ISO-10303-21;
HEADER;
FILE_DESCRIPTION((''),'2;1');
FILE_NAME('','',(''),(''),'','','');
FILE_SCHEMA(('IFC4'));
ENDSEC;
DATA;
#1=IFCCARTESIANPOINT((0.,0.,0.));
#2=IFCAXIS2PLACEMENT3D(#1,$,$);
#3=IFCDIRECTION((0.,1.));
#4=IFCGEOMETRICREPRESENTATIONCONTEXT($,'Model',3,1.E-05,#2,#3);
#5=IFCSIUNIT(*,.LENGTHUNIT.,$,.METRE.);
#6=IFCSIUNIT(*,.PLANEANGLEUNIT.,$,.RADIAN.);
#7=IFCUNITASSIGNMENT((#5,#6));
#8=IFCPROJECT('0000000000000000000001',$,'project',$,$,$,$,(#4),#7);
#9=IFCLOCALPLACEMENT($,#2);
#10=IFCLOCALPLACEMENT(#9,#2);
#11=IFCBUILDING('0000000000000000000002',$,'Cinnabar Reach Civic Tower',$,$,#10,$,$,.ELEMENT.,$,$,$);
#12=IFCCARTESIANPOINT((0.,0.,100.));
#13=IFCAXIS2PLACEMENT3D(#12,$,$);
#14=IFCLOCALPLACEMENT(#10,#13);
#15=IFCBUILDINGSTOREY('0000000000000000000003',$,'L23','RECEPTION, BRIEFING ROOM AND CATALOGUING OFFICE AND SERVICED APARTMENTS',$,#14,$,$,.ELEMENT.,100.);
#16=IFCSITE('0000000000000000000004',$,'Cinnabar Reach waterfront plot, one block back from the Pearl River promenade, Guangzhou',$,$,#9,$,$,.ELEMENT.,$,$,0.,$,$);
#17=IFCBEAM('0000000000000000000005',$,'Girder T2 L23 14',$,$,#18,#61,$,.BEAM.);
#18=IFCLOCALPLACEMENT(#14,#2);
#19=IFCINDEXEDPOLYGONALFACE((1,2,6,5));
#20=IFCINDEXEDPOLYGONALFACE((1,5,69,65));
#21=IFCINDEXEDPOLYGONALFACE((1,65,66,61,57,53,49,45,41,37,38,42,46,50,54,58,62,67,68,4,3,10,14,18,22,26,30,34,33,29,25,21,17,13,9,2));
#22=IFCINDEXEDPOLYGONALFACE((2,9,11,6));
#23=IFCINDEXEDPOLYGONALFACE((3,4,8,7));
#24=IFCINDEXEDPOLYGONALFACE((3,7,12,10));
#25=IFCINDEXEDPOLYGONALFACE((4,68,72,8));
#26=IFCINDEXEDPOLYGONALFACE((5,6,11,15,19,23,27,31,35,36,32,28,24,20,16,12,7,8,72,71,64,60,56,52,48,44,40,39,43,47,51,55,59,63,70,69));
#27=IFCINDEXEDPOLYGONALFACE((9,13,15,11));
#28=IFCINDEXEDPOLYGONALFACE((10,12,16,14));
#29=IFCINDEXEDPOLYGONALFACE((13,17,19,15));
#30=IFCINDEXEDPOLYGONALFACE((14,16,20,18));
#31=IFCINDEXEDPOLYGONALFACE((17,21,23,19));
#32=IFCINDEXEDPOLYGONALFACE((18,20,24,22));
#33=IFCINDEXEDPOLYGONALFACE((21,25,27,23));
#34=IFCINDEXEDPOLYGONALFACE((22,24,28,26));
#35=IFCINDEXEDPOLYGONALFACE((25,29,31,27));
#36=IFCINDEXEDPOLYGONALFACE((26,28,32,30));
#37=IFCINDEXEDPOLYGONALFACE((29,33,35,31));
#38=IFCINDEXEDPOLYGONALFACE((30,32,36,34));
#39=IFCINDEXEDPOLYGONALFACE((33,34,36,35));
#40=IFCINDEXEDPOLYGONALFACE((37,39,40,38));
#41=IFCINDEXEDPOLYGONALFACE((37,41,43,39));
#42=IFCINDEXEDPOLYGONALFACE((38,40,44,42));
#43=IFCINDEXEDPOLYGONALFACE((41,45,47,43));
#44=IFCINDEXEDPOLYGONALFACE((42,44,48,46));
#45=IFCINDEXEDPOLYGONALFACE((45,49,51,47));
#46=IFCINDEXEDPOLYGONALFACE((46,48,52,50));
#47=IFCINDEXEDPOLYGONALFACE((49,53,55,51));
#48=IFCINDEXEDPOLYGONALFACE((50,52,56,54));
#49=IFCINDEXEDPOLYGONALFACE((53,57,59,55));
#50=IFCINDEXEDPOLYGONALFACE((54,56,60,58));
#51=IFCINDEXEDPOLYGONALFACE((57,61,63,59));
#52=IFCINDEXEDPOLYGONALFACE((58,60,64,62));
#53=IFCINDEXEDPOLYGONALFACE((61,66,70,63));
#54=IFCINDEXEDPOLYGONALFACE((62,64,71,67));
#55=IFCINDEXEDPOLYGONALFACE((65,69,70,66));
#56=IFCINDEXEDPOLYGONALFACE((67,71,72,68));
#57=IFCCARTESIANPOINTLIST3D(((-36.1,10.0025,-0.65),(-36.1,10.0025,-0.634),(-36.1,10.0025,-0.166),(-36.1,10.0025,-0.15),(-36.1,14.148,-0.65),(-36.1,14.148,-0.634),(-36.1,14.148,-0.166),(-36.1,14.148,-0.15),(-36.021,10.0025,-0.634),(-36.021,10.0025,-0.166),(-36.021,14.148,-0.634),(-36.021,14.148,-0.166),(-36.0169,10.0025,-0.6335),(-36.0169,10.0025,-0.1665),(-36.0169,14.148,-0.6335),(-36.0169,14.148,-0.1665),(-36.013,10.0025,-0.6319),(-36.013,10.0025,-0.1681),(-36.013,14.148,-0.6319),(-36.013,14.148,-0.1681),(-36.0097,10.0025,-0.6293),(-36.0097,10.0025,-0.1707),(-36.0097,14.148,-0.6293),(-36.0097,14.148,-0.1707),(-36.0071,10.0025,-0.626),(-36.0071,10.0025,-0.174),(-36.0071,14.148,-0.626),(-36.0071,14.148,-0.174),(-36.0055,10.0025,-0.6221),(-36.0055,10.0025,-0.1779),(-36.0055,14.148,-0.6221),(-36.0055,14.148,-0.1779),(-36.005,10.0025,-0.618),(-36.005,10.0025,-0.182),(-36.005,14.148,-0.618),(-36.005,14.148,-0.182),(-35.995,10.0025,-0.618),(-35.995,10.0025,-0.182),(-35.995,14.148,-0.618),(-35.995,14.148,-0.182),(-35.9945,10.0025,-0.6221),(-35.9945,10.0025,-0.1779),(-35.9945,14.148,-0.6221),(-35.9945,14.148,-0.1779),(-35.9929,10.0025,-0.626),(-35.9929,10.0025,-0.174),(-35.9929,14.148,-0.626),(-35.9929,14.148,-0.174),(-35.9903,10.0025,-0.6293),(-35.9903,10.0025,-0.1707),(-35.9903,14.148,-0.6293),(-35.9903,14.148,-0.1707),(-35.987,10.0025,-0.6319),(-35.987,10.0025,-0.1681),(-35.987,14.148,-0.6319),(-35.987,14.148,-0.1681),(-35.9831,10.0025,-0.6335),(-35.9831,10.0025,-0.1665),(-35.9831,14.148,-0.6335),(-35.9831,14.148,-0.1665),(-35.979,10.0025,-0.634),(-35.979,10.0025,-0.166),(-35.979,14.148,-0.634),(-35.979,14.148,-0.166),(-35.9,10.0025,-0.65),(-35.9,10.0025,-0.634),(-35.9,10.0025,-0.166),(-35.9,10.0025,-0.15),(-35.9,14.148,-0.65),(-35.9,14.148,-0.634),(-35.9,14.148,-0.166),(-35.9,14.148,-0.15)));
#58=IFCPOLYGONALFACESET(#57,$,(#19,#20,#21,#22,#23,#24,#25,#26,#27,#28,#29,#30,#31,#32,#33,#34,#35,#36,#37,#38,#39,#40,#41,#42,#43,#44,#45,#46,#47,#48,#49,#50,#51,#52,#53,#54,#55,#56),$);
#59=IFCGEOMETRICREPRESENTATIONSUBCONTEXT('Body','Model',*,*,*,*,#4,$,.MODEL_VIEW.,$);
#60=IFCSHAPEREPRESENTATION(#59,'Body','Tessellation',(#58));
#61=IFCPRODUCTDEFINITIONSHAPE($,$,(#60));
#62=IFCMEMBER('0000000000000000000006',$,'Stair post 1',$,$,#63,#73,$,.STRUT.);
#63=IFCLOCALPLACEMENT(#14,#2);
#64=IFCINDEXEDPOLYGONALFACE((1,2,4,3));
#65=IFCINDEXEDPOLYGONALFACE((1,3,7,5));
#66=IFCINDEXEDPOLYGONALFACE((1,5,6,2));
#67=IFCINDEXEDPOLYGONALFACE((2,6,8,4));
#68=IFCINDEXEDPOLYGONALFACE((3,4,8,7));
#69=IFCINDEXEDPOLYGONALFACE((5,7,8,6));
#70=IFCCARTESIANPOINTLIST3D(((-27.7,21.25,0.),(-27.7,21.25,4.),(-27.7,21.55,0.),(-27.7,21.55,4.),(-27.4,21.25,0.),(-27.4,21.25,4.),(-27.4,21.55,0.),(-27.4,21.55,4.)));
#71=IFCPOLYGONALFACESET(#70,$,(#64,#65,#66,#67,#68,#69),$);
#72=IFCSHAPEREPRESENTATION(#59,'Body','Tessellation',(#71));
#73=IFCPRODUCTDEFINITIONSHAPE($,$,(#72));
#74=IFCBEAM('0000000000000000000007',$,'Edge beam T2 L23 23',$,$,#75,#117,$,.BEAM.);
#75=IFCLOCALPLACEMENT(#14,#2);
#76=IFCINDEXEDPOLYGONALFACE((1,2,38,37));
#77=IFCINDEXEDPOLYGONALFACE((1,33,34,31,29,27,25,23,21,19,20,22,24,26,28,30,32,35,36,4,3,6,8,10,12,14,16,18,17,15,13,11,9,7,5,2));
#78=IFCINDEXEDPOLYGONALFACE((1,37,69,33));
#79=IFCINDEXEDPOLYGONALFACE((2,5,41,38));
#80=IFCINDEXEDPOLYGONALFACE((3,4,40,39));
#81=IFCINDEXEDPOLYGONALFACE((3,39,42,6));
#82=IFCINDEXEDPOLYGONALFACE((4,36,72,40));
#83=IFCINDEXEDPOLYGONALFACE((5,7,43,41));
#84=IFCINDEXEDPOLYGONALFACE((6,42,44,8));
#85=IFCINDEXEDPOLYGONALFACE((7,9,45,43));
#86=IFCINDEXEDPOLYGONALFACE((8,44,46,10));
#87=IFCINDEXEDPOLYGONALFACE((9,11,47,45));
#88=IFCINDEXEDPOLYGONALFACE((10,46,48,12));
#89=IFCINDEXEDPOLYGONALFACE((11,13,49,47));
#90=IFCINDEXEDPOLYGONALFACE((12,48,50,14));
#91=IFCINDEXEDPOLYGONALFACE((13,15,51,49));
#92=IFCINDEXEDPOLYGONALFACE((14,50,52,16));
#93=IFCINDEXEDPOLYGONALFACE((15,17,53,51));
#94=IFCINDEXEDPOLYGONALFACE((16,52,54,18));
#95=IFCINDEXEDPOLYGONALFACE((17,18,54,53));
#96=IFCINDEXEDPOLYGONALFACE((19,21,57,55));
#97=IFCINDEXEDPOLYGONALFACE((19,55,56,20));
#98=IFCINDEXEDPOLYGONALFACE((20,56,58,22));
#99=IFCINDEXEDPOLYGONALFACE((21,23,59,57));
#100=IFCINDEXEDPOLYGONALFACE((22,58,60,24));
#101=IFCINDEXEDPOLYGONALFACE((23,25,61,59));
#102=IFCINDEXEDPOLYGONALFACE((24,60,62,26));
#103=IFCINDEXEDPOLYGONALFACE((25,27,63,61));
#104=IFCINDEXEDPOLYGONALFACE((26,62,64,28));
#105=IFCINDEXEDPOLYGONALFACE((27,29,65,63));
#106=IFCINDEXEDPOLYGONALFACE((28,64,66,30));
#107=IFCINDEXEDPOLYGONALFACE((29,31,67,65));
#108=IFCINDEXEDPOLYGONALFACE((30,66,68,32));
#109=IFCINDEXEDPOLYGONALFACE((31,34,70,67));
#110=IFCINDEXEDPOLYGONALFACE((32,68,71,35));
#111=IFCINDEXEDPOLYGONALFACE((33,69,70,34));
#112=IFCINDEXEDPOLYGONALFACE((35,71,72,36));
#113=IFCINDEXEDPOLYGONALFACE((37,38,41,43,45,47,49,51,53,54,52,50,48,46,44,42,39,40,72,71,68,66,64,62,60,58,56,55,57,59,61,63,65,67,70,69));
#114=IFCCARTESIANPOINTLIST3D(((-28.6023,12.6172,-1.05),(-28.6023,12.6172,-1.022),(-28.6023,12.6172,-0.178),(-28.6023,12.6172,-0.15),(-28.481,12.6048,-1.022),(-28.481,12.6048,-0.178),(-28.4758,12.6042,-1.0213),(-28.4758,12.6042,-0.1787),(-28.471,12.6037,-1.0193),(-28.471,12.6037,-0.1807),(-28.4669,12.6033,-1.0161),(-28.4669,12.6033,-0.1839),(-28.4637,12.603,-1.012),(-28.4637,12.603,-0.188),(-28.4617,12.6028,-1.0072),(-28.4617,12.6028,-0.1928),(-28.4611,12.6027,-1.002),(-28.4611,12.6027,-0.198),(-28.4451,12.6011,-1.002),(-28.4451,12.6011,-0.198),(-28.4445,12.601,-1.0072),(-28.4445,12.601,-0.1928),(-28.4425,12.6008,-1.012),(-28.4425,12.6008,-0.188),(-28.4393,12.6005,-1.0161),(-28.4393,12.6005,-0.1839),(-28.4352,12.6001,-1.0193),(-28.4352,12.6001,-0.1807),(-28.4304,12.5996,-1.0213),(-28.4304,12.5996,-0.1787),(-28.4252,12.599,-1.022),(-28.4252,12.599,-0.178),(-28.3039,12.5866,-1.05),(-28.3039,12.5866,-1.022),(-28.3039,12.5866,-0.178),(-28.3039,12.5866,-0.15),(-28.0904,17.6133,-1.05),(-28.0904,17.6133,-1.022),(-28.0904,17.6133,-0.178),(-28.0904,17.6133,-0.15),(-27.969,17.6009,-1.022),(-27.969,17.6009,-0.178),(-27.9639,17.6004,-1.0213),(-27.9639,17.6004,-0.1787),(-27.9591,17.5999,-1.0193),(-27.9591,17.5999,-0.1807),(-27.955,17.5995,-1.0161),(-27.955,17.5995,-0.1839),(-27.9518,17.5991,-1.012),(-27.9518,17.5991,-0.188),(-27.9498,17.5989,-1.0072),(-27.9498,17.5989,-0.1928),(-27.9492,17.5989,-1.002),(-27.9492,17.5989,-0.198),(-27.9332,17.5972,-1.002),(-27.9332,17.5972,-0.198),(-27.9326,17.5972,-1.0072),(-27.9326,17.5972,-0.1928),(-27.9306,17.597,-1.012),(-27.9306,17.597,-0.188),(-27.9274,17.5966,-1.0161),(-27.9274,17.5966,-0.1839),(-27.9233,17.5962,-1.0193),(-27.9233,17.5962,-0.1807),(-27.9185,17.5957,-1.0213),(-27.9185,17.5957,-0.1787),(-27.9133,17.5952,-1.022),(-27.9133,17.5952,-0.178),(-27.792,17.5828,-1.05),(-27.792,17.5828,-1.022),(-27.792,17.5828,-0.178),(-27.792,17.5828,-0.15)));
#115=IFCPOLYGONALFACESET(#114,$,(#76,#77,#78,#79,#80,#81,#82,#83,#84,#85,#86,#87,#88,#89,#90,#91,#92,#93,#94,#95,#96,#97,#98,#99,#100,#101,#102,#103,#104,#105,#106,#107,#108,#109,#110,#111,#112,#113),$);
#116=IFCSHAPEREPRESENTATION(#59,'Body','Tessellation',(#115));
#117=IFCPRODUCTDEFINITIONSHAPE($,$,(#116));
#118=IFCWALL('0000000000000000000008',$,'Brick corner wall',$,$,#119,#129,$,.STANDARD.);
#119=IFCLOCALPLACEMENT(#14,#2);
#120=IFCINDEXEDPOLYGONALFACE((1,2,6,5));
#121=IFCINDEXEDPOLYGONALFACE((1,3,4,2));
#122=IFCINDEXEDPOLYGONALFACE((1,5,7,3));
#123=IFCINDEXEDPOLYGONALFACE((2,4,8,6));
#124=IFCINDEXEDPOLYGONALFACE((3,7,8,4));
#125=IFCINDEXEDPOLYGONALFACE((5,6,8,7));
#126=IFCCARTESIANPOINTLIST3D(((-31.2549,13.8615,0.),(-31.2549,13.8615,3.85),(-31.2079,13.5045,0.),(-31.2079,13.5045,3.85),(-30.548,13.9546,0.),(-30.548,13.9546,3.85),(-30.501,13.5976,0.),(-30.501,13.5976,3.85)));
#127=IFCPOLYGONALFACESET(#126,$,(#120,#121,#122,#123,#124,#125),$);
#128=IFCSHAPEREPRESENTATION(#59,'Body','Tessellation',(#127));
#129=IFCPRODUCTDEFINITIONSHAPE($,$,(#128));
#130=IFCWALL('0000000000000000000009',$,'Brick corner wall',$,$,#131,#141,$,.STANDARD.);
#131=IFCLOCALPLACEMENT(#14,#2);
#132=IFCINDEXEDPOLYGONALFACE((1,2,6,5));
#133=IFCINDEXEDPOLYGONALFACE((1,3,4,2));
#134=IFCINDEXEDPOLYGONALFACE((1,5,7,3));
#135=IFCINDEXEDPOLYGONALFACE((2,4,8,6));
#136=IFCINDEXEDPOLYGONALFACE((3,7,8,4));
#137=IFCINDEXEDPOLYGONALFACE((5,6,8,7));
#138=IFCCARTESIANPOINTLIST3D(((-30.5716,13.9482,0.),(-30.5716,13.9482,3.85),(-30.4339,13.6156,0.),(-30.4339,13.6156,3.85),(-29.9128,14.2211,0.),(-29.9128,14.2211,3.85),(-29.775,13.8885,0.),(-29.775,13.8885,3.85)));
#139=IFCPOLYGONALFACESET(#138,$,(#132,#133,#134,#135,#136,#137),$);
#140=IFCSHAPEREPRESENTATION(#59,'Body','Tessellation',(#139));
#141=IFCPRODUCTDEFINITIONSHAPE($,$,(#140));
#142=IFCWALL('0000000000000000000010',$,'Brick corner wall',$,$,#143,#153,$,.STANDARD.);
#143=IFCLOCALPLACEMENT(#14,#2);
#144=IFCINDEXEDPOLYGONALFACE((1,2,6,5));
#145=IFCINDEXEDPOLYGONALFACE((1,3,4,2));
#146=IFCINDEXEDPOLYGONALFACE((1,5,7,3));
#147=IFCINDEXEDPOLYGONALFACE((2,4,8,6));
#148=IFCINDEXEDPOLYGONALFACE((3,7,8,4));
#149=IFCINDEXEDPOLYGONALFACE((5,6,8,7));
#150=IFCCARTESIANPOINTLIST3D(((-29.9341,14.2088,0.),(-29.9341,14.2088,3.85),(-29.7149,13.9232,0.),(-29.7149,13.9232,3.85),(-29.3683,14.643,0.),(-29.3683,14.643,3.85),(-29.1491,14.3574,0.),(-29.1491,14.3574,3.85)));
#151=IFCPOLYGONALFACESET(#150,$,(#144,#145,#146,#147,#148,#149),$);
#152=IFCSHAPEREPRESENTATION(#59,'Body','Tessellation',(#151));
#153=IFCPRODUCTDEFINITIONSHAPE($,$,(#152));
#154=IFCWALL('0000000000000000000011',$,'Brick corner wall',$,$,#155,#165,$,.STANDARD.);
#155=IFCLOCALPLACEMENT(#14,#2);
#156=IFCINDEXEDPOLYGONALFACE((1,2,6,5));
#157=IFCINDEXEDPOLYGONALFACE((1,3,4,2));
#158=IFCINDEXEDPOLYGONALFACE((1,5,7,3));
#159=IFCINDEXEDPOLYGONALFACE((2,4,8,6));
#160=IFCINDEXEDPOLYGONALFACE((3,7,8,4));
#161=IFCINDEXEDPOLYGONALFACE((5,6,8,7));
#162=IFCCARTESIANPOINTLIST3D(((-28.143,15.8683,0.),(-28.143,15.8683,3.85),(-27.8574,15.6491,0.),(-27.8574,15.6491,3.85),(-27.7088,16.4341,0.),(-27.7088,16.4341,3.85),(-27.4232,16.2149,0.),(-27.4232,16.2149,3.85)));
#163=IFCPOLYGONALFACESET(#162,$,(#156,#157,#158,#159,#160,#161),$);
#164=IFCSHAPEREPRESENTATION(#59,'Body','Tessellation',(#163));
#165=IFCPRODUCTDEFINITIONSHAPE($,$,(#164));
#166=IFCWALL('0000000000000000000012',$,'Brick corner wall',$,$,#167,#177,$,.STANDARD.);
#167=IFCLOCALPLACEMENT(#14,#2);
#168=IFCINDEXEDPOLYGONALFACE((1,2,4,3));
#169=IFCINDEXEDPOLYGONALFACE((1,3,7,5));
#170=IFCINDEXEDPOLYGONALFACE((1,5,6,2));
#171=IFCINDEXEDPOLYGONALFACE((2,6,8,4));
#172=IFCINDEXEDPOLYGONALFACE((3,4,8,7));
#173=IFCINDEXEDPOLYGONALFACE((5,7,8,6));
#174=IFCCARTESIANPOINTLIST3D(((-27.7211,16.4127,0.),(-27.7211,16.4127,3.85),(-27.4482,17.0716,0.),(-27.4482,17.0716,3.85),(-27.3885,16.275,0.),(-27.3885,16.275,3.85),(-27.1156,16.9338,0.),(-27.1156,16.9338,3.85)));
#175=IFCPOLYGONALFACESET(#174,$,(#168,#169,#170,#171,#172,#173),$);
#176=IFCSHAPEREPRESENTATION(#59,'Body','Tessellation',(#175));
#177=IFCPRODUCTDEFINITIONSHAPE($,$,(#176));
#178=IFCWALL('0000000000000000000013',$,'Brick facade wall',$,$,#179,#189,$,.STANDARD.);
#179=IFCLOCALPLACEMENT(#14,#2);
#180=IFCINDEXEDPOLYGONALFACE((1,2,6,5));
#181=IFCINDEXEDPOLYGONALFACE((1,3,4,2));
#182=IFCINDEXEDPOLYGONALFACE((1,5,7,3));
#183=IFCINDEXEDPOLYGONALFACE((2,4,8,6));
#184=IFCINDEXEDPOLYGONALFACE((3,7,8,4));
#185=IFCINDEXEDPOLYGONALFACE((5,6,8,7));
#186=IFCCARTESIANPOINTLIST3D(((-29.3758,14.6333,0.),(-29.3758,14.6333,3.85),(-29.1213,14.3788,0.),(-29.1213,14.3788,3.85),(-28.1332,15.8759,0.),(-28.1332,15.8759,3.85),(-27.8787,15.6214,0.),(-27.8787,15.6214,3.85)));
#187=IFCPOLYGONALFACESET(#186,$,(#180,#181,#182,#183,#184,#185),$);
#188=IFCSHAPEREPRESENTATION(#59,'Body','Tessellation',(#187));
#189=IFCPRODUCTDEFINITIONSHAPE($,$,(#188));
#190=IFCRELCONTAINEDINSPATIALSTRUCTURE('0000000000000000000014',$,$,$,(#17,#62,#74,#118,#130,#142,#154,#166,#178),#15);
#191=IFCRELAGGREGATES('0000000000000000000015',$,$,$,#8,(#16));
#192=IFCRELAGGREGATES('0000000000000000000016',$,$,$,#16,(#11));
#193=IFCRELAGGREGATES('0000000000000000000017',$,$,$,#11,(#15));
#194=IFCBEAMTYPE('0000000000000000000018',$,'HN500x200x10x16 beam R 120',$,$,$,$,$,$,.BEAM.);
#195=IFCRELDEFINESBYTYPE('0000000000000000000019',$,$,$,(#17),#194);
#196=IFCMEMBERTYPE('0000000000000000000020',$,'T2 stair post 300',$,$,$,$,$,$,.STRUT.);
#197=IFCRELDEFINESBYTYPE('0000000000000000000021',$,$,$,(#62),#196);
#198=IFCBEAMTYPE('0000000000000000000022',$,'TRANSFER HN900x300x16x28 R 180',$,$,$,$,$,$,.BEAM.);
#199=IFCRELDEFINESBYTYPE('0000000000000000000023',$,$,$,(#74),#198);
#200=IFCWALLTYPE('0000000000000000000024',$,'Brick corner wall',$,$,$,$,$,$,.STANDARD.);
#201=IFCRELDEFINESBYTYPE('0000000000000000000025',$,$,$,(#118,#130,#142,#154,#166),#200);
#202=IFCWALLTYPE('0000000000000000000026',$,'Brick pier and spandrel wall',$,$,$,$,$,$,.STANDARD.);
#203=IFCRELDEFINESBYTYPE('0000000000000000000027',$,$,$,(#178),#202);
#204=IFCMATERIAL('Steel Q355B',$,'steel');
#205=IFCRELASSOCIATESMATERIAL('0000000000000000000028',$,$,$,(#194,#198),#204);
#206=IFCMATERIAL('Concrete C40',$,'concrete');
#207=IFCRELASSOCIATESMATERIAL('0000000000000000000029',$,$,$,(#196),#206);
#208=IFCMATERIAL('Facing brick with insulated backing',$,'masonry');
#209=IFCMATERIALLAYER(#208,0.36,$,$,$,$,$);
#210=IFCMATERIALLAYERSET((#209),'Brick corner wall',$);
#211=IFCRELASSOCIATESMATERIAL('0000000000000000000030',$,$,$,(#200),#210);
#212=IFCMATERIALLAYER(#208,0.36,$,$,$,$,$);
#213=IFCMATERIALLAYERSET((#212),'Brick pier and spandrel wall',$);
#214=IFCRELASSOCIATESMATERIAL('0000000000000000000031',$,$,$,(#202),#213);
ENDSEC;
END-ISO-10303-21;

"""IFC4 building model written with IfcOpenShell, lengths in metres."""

from ifc_helpers import new_model, si_unit, direction, frame, frame_2d, origin, origin_2d, place, context, subcontext, project, spatial, rectangle, i_section, extrude, material, layer, layer_set, material_profile, profile_set, type_object, element, save


model = new_model("IFC4")

# Units and contexts
model_context = context("Model", 3, precision=1e-05, world=origin(), true_north=direction((0.0, 1.0)))
body_context = subcontext(model_context, "Body", "Model", "MODEL_VIEW")
ifc_project = project(units=[si_unit("LENGTHUNIT", "METRE"), si_unit("PLANEANGLEUNIT", "RADIAN")], contexts=[model_context])

# Site, building, storey
site_placement = place(None, origin())
site = spatial("IfcSite", under=ifc_project, at=site_placement, Name="Cinnabar Reach waterfront plot, one block back from the Pearl River promenade, Guangzhou", CompositionType="ELEMENT", RefElevation=0.0)
building_placement = place(site_placement, origin())
building = spatial("IfcBuilding", under=site, at=building_placement, Name="Cinnabar Reach Civic Tower", CompositionType="ELEMENT")
storey_placement = place(building_placement, frame((0.0, 0.0, 100.0)))
storey = spatial("IfcBuildingStorey", under=building, at=storey_placement, Name="L23", Description="RECEPTION, BRIEFING ROOM AND CATALOGUING OFFICE AND SERVICED APARTMENTS", CompositionType="ELEMENT", Elevation=100.0)

# Beam
ifc_material_1 = material(Name="Steel Q355B", Category="steel")
ifc_material_profile_1 = material_profile(ifc_material_1, i_section(OverallWidth=0.2, OverallDepth=0.5, WebThickness=0.01, FlangeThickness=0.016, FilletRadius=0.016, at=origin_2d()), Name="HN500x200x10x16")
ifc_profile_set_1 = profile_set([ifc_material_profile_1], Name="Steel Q355B")
beam_type_1 = type_object("IfcBeamType", Name="HN500x200x10x16 beam R 120", PredefinedType="BEAM", material=ifc_profile_set_1)
beam_1_placement = place(storey_placement, frame((-36.0, 10.0025, -0.4), z_axis=(0.0, 1.0, 0.0), x_axis=(-1.0, 0.0, 0.0)))
element("IfcBeam", 1, at=beam_1_placement, inside=storey, type_object=beam_type_1, Name="Girder T2 L23 14", PredefinedType="BEAM", context=body_context, shape_type="SweptSolid", body=[
    extrude(i_section(OverallWidth=0.2, OverallDepth=0.5, WebThickness=0.01, FlangeThickness=0.016, FilletRadius=0.016, at=origin_2d()), origin(), (0.0, 0.0, 1.0), 4.1455),
])

# Member
ifc_material_2 = material(Name="Concrete C40", Category="concrete")
ifc_material_profile_2 = material_profile(ifc_material_2, rectangle(XDim=0.3, YDim=0.3, at=origin_2d()), Name="C300")
ifc_profile_set_2 = profile_set([ifc_material_profile_2], Name="Concrete C40")
member_type = type_object("IfcMemberType", Name="T2 stair post 300", PredefinedType="STRUT", material=ifc_profile_set_2)
member_placement = place(storey_placement, frame((-27.55, 21.4, 0.0), z_axis=(0.0, 0.0, 1.0), x_axis=(1.0, 0.0, 0.0)))
element("IfcMember", 2, at=member_placement, inside=storey, type_object=member_type, Name="Stair post 1", PredefinedType="STRUT", context=body_context, shape_type="SweptSolid", body=[
    extrude(rectangle(XDim=0.3, YDim=0.3, at=origin_2d()), origin(), (0.0, 0.0, 1.0), 4.0),
])

# Beam
ifc_material_profile_3 = material_profile(ifc_material_1, i_section(OverallWidth=0.3, OverallDepth=0.9, WebThickness=0.016, FlangeThickness=0.028, FilletRadius=0.02, at=origin_2d()), Name="HN900x300x16x28")
ifc_profile_set_3 = profile_set([ifc_material_profile_3], Name="Steel Q355B")
beam_type_2 = type_object("IfcBeamType", Name="TRANSFER HN900x300x16x28 R 180", PredefinedType="BEAM", material=ifc_profile_set_3)
beam_2_placement = place(storey_placement, frame((-28.4531, 12.6019, -0.6), z_axis=(0.101926, 0.994792, 0.0), x_axis=(-0.994792, 0.101926, 0.0)))
element("IfcBeam", 3, at=beam_2_placement, inside=storey, type_object=beam_type_2, Name="Edge beam T2 L23 23", PredefinedType="BEAM", context=body_context, shape_type="SweptSolid", body=[
    extrude(i_section(OverallWidth=0.3, OverallDepth=0.9, WebThickness=0.016, FlangeThickness=0.028, FilletRadius=0.02, at=origin_2d()), origin(), (0.0, 0.0, 1.0), 5.0223),
])

# Walls
ifc_material_3 = material(Name="Facing brick with insulated backing", Category="masonry")
ifc_layer_1 = layer(ifc_material_3, 0.36)
ifc_layer_set_1 = layer_set([ifc_layer_1], Name="Brick corner wall")
wall_type_1 = type_object("IfcWallType", Name="Brick corner wall", PredefinedType="STANDARD", material=ifc_layer_set_1)
for number, where, z_axis, x_axis, name in (
    (4, (-31.2314, 13.683, 0.0), (0.0, 0.0, 1.0), (0.991441, 0.130556, 0.0), "Brick corner wall"),
    (5, (-30.5027, 13.7819, 0.0), (0.0, 0.0, 1.0), (0.923872, 0.382703, 0.0), "Brick corner wall"),
):
    element("IfcWall", number, at=place(storey_placement, frame(where, z_axis=z_axis, x_axis=x_axis)), inside=storey, type_object=wall_type_1, Name=name, PredefinedType="STANDARD", context=body_context, shape_type="SweptSolid", body=[
        extrude(rectangle(XDim=0.7131, YDim=0.36, at=frame_2d((0.3565, 0.0))), origin(), (0.0, 0.0, 1.0), 3.85),
    ])
for number, where, z_axis, x_axis, name in (
    (6, (-29.8245, 14.066, 0.0), (0.0, 0.0, 1.0), (0.793322, 0.608802, 0.0), "Brick corner wall"),
    (7, (-28.0002, 15.7587, 0.0), (0.0, 0.0, 1.0), (0.608802, 0.793322, 0.0), "Brick corner wall"),
):
    element("IfcWall", number, at=place(storey_placement, frame(where, z_axis=z_axis, x_axis=x_axis)), inside=storey, type_object=wall_type_1, Name=name, PredefinedType="STANDARD", context=body_context, shape_type="SweptSolid", body=[
        extrude(rectangle(XDim=0.7132, YDim=0.36, at=frame_2d((0.3566, 0.0))), origin(), (0.0, 0.0, 1.0), 3.85),
    ])
wall_1_placement = place(storey_placement, frame((-27.5548, 16.3439, 0.0), z_axis=(0.0, 0.0, 1.0), x_axis=(0.382703, 0.923872, 0.0)))
element("IfcWall", 8, at=wall_1_placement, inside=storey, type_object=wall_type_1, Name="Brick corner wall", PredefinedType="STANDARD", context=body_context, shape_type="SweptSolid", body=[
    extrude(rectangle(XDim=0.7131, YDim=0.36, at=frame_2d((0.3565, 0.0))), origin(), (0.0, 0.0, 1.0), 3.85),
])
ifc_layer_2 = layer(ifc_material_3, 0.36)
ifc_layer_set_2 = layer_set([ifc_layer_2], Name="Brick pier and spandrel wall")
wall_type_2 = type_object("IfcWallType", Name="Brick pier and spandrel wall", PredefinedType="STANDARD", material=ifc_layer_set_2)
wall_2_placement = place(storey_placement, frame((-29.2486, 14.506, 0.0), z_axis=(0.0, 0.0, 1.0), x_axis=(0.707107, 0.707107, 0.0)))
element("IfcWall", 9, at=wall_2_placement, inside=storey, type_object=wall_type_2, Name="Brick facade wall", PredefinedType="STANDARD", context=body_context, shape_type="SweptSolid", body=[
    extrude(rectangle(XDim=1.7573, YDim=0.36, at=frame_2d((0.8787, 0.0))), origin(), (0.0, 0.0, 1.0), 3.85),
])

save(model, "model.ifc")
